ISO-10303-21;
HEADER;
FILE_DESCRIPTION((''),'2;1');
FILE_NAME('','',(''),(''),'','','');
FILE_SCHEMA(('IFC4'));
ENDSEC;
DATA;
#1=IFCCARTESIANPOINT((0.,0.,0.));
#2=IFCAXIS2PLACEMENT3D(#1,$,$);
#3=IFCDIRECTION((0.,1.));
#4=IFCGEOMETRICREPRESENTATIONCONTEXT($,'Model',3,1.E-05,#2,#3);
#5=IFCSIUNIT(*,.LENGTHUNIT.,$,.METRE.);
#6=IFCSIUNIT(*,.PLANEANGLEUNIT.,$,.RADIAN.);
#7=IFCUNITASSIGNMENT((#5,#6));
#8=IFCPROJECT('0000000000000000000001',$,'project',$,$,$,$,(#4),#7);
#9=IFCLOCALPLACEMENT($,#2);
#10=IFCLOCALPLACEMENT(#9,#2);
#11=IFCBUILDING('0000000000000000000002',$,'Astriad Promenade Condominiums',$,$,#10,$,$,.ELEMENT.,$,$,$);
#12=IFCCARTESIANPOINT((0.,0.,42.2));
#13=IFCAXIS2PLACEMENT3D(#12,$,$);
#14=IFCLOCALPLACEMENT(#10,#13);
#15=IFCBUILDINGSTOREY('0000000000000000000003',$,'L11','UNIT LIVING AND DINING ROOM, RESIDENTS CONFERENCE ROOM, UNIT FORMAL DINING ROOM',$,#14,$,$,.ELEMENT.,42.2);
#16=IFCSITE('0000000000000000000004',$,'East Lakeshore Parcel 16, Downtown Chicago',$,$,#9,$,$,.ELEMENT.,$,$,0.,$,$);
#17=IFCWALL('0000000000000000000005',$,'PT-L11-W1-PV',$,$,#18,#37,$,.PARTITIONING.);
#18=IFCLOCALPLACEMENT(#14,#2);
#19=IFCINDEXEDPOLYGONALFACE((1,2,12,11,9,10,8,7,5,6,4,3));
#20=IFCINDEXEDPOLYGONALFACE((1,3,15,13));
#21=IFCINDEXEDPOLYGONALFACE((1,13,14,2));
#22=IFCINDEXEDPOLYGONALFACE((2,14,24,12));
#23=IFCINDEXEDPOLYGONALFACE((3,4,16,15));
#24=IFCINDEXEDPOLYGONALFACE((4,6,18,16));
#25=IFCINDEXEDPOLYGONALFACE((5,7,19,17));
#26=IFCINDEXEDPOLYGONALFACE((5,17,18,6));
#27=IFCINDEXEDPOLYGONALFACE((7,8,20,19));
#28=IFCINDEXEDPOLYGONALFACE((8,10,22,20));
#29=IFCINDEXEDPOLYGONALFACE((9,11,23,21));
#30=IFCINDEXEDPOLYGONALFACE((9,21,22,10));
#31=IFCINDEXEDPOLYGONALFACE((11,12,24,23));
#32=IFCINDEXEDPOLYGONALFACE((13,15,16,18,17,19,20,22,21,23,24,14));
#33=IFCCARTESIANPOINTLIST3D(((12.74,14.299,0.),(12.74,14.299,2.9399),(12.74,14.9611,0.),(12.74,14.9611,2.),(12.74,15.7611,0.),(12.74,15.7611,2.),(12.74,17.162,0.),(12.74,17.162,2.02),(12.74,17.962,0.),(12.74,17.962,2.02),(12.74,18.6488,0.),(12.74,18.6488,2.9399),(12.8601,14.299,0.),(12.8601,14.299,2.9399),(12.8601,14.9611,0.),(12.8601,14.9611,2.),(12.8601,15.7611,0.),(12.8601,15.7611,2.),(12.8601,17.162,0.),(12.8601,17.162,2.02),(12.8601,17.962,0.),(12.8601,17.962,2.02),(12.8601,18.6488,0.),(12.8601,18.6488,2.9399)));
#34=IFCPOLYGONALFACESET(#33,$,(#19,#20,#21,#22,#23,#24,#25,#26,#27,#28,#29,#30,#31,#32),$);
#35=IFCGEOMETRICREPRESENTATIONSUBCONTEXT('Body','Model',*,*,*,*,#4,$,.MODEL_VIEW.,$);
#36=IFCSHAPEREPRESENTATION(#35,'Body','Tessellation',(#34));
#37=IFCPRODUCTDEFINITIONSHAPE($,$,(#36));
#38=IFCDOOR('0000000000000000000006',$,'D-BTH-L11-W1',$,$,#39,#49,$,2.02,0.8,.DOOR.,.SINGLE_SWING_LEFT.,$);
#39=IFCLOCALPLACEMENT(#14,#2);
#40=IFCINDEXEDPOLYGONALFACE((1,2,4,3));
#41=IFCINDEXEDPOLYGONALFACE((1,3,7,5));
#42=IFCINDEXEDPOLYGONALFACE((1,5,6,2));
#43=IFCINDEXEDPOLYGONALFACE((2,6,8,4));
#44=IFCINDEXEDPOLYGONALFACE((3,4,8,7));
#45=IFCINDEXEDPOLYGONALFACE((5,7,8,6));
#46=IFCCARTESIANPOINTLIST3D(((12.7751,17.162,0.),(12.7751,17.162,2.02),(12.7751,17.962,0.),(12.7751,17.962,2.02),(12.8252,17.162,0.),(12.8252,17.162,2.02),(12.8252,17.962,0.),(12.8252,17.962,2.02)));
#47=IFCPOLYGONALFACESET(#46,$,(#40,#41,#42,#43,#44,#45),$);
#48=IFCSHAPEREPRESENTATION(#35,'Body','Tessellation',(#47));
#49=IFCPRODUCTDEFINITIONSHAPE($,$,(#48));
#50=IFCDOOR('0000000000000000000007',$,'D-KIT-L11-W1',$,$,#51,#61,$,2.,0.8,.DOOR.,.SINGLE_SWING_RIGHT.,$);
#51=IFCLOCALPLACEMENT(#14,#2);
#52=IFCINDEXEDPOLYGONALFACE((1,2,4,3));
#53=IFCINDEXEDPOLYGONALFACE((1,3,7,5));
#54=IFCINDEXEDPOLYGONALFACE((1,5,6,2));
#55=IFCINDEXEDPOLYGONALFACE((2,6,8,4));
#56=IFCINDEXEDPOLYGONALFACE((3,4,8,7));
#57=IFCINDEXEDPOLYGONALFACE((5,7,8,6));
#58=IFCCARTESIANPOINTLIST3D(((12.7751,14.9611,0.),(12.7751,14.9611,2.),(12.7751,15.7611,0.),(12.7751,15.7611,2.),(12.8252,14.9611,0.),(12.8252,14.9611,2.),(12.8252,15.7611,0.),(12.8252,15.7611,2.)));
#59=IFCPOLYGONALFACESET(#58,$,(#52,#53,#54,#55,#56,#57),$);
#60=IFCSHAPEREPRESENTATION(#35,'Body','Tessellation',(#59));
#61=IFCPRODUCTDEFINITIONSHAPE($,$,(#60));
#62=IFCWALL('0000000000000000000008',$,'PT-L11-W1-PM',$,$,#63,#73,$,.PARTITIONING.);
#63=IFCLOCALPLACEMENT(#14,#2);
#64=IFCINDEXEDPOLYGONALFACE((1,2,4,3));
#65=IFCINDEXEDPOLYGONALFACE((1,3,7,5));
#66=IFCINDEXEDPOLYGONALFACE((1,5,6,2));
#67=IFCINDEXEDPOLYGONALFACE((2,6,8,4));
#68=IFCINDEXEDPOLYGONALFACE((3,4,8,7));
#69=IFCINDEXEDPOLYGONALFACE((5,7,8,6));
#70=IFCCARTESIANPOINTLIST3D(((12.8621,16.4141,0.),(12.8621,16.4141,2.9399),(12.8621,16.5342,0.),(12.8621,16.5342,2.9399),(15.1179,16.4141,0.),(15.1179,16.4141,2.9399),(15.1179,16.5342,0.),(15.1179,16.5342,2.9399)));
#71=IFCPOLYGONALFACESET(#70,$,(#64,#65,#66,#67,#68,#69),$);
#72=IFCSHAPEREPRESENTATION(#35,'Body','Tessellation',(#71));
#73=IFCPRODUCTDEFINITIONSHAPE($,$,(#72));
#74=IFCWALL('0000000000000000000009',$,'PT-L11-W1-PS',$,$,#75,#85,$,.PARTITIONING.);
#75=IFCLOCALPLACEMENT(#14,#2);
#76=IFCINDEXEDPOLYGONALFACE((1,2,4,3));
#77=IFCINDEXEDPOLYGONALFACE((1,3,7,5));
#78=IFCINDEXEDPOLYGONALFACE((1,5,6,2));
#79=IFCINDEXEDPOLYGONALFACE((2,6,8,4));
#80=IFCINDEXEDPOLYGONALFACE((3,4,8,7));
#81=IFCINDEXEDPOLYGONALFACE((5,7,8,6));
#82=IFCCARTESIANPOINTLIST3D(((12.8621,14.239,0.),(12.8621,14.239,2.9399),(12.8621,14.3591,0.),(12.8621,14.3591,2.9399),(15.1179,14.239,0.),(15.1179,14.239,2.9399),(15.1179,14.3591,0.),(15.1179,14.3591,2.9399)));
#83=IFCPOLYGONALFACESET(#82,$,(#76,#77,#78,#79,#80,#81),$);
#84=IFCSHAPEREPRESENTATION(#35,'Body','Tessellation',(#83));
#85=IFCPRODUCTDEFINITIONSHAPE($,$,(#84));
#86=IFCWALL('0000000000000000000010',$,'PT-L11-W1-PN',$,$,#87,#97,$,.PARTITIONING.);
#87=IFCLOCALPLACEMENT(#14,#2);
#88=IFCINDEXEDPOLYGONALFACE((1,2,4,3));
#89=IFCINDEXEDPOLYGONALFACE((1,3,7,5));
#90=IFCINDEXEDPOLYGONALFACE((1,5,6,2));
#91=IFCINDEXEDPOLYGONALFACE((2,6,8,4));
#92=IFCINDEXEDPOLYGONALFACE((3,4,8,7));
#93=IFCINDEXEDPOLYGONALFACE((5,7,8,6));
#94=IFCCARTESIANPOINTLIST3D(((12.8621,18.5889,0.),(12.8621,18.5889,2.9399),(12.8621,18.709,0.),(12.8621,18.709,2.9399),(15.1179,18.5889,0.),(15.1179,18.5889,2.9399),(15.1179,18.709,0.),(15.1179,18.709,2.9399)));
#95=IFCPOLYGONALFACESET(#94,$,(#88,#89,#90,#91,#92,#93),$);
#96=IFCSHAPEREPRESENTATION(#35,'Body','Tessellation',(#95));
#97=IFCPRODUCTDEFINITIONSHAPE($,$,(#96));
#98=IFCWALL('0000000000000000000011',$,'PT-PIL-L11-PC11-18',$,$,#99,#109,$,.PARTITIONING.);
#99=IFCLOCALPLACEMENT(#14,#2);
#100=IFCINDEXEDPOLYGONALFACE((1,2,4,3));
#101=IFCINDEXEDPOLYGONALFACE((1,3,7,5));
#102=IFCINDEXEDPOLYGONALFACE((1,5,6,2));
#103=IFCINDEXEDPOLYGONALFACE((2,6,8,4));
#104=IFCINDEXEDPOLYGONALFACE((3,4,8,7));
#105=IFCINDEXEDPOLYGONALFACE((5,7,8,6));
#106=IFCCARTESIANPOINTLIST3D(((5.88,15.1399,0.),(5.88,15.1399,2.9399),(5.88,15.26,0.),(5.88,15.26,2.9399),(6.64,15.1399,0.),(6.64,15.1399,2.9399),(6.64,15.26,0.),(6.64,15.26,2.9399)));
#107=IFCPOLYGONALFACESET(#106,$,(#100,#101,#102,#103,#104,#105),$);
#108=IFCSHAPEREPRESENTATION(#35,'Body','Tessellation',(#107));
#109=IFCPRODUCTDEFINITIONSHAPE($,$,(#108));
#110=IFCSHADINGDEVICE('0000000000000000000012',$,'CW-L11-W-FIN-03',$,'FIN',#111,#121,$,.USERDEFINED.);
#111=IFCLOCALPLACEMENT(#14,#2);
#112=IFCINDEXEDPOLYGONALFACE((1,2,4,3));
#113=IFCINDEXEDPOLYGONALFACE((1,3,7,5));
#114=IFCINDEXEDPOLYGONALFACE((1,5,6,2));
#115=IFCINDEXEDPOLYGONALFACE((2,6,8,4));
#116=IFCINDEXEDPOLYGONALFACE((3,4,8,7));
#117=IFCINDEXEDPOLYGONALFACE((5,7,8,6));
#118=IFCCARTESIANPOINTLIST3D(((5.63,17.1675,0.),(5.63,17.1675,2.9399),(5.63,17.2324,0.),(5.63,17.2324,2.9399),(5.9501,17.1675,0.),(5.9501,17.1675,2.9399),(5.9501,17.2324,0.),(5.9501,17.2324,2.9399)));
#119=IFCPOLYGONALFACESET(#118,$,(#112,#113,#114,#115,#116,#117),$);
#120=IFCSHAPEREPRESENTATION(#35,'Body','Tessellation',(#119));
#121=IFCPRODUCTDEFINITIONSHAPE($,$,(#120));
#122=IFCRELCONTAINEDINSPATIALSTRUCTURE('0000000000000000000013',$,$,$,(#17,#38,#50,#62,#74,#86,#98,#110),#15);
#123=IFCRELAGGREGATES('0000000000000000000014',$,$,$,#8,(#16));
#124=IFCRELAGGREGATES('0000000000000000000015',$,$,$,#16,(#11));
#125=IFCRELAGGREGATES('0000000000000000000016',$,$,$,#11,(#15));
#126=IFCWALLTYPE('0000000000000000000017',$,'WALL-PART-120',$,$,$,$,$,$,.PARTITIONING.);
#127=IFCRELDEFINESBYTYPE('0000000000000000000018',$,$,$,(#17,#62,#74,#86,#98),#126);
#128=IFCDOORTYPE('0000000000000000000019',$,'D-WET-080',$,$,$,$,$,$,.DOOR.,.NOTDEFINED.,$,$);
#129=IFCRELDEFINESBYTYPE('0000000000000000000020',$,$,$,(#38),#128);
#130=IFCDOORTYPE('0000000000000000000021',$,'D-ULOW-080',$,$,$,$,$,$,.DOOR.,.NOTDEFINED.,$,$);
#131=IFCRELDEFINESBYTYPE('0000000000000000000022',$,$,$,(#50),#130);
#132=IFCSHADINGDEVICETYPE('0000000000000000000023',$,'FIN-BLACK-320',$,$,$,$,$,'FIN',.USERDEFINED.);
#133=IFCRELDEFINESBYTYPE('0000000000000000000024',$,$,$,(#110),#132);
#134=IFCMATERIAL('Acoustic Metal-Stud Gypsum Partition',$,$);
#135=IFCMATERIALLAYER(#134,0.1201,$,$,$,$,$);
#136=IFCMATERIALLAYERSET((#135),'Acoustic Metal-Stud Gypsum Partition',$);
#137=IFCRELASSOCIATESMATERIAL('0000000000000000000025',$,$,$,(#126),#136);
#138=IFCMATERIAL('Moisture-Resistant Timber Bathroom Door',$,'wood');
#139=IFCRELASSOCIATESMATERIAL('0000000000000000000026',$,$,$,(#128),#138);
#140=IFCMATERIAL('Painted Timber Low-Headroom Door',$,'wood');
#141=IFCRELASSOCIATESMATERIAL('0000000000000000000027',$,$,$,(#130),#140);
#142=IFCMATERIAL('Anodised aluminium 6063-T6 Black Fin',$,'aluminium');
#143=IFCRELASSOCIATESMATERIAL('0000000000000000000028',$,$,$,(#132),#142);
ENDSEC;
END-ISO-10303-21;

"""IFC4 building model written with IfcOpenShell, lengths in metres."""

from ifc_helpers import new_model, si_unit, direction, frame, frame_2d, origin, origin_2d, place, context, subcontext, project, spatial, rectangle, extrude, source, transform, mapped, material, layer, layer_set, type_object, type_shapes, element, fill, save


model = new_model("IFC4")

# Units and contexts
model_context = context("Model", 3, precision=1e-05, world=origin(), true_north=direction((0.0, 1.0)))
body_context = subcontext(model_context, "Body", "Model", "MODEL_VIEW")
ifc_project = project(units=[si_unit("LENGTHUNIT", "METRE"), si_unit("PLANEANGLEUNIT", "RADIAN")], contexts=[model_context])

# Site, building, storey
site_placement = place(None, origin())
site = spatial("IfcSite", under=ifc_project, at=site_placement, Name="East Lakeshore Parcel 16, Downtown Chicago", CompositionType="ELEMENT", RefElevation=0.0)
building_placement = place(site_placement, origin())
building = spatial("IfcBuilding", under=site, at=building_placement, Name="Astriad Promenade Condominiums", CompositionType="ELEMENT")
storey_placement = place(building_placement, frame((0.0, 0.0, 42.2)))
storey = spatial("IfcBuildingStorey", under=building, at=storey_placement, Name="L11", Description="UNIT LIVING AND DINING ROOM, RESIDENTS CONFERENCE ROOM, UNIT FORMAL DINING ROOM", CompositionType="ELEMENT", Elevation=42.2)

# Wall, openings, doors
ifc_material_1 = material(Name="Acoustic Metal-Stud Gypsum Partition")
ifc_layer_1 = layer(ifc_material_1, 0.1201)
ifc_layer_set_1 = layer_set([ifc_layer_1], Name="Acoustic Metal-Stud Gypsum Partition")
wall_type = type_object("IfcWallType", Name="WALL-PART-120", PredefinedType="PARTITIONING", material=ifc_layer_set_1)
wall_1_placement = place(storey_placement, frame((12.8, 14.2991, 0.0), z_axis=(0.0, 0.0, 1.0), x_axis=(0.0, 1.0, 0.0)))
wall_1 = element("IfcWall", 1, at=wall_1_placement, inside=storey, type_object=wall_type, Name="PT-L11-W1-PV", PredefinedType="PARTITIONING", context=body_context, shape_type="SweptSolid", body=[
    extrude(rectangle(XDim=4.3499, YDim=0.1201, at=frame_2d((2.1748, 0.0))), origin(), (0.0, 0.0, 1.0), 2.9399),
])
opening_1_placement = place(wall_1_placement, frame((0.6621, 0.0, 0.0)))
opening_1 = element("IfcOpeningElement", 2, at=opening_1_placement, cuts=wall_1, PredefinedType="OPENING", context=body_context, shape_type="SweptSolid", body=[
    extrude(rectangle(XDim=0.8, YDim=2.0, at=frame_2d((0.3999, 1.0))), frame((0.0, 0.0701, 0.0), z_axis=(0.0, -1.0, 0.0), x_axis=(1.0, 0.0, 0.0)), (0.0, 0.0, 1.0), 0.1401),
])
opening_2_placement = place(wall_1_placement, frame((2.863, 0.0, 0.0)))
opening_2 = element("IfcOpeningElement", 3, at=opening_2_placement, cuts=wall_1, PredefinedType="OPENING", context=body_context, shape_type="SweptSolid", body=[
    extrude(rectangle(XDim=0.8, YDim=2.02, at=frame_2d((0.3999, 1.01))), frame((0.0, 0.0701, 0.0), z_axis=(0.0, -1.0, 0.0), x_axis=(1.0, 0.0, 0.0)), (0.0, 0.0, 1.0), 0.1401),
])
ifc_material_2 = material(Name="Moisture-Resistant Timber Bathroom Door", Category="wood")
door_type_1 = type_object("IfcDoorType", Name="D-WET-080", OperationType="NOTDEFINED", PredefinedType="DOOR", material=ifc_material_2)
shared_shape_1 = source(origin(), body_context, "Body", "SweptSolid", [
    extrude(rectangle(XDim=0.8, YDim=2.02, at=frame_2d((0.3999, 1.01))), frame((0.0, 0.0249, 0.0), z_axis=(0.0, -1.0, 0.0), x_axis=(1.0, 0.0, 0.0)), (0.0, 0.0, 1.0), 0.05),
])
type_shapes(door_type_1, [shared_shape_1])
door_1_placement = place(opening_2_placement, origin())
door_1 = element("IfcDoor", 4, at=door_1_placement, inside=storey, type_object=door_type_1, Name="D-BTH-L11-W1", OperationType="SINGLE_SWING_LEFT", OverallHeight=2.02, OverallWidth=0.8, PredefinedType="DOOR", context=body_context, shape_type="MappedRepresentation", body=[
    mapped(shared_shape_1, transform((0.0, 0.0, 0.0), scale=1.0)),
])
fill(opening_2, door_1)
ifc_material_3 = material(Name="Painted Timber Low-Headroom Door", Category="wood")
door_type_2 = type_object("IfcDoorType", Name="D-ULOW-080", OperationType="NOTDEFINED", PredefinedType="DOOR", material=ifc_material_3)
shared_shape_2 = source(origin(), body_context, "Body", "SweptSolid", [
    extrude(rectangle(XDim=0.8, YDim=2.0, at=frame_2d((0.3999, 1.0))), frame((0.0, 0.0249, 0.0), z_axis=(0.0, -1.0, 0.0), x_axis=(1.0, 0.0, 0.0)), (0.0, 0.0, 1.0), 0.05),
])
type_shapes(door_type_2, [shared_shape_2])
door_2_placement = place(opening_1_placement, origin())
door_2 = element("IfcDoor", 5, at=door_2_placement, inside=storey, type_object=door_type_2, Name="D-KIT-L11-W1", OperationType="SINGLE_SWING_RIGHT", OverallHeight=2.0, OverallWidth=0.8, PredefinedType="DOOR", context=body_context, shape_type="MappedRepresentation", body=[
    mapped(shared_shape_2, transform((0.0, 0.0, 0.0), scale=1.0)),
])
fill(opening_1, door_2)

# Walls
for number, where, z_axis, x_axis, name in (
    (6, (12.8621, 16.4741, 0.0), (0.0, 0.0, 1.0), (1.0, 0.0, 0.0), "PT-L11-W1-PM"),
    (7, (12.8621, 14.2991, 0.0), (0.0, 0.0, 1.0), (1.0, 0.0, 0.0), "PT-L11-W1-PS"),
    (8, (12.8621, 18.6489, 0.0), (0.0, 0.0, 1.0), (1.0, 0.0, 0.0), "PT-L11-W1-PN"),
):
    element("IfcWall", number, at=place(storey_placement, frame(where, z_axis=z_axis, x_axis=x_axis)), inside=storey, type_object=wall_type, Name=name, PredefinedType="PARTITIONING", context=body_context, shape_type="SweptSolid", body=[
        extrude(rectangle(XDim=2.2559, YDim=0.1201, at=frame_2d((1.1279, 0.0))), origin(), (0.0, 0.0, 1.0), 2.9399),
    ])
wall_2_placement = place(storey_placement, frame((6.6399, 15.2, 0.0), z_axis=(0.0, 0.0, 1.0), x_axis=(-1.0, 0.0, 0.0)))
element("IfcWall", 9, at=wall_2_placement, inside=storey, type_object=wall_type, Name="PT-PIL-L11-PC11-18", PredefinedType="PARTITIONING", context=body_context, shape_type="SweptSolid", body=[
    extrude(rectangle(XDim=0.76, YDim=0.1201, at=frame_2d((0.3799, 0.0))), origin(), (0.0, 0.0, 1.0), 2.9399),
])

# Shading device
ifc_material_4 = material(Name="Anodised aluminium 6063-T6 Black Fin", Category="aluminium")
shading_device_type = type_object("IfcShadingDeviceType", Name="FIN-BLACK-320", ElementType="FIN", PredefinedType="USERDEFINED", material=ifc_material_4)
shared_shape_3 = source(origin(), body_context, "Body", "SweptSolid", [
    extrude(rectangle(XDim=0.0649, YDim=0.3201, at=origin_2d()), origin(), (0.0, 0.0, 1.0), 2.9399),
])
type_shapes(shading_device_type, [shared_shape_3])
shading_device_placement = place(storey_placement, frame((5.79, 17.2, 0.0), z_axis=(0.0, 0.0, 1.0), x_axis=(0.0, 1.0, 0.0)))
element("IfcShadingDevice", 10, at=shading_device_placement, inside=storey, type_object=shading_device_type, Name="CW-L11-W-FIN-03", ObjectType="FIN", PredefinedType="USERDEFINED", context=body_context, shape_type="MappedRepresentation", body=[
    mapped(shared_shape_3, transform((0.0, 0.0, 0.0), scale=1.0)),
])

save(model, "model.ifc")
